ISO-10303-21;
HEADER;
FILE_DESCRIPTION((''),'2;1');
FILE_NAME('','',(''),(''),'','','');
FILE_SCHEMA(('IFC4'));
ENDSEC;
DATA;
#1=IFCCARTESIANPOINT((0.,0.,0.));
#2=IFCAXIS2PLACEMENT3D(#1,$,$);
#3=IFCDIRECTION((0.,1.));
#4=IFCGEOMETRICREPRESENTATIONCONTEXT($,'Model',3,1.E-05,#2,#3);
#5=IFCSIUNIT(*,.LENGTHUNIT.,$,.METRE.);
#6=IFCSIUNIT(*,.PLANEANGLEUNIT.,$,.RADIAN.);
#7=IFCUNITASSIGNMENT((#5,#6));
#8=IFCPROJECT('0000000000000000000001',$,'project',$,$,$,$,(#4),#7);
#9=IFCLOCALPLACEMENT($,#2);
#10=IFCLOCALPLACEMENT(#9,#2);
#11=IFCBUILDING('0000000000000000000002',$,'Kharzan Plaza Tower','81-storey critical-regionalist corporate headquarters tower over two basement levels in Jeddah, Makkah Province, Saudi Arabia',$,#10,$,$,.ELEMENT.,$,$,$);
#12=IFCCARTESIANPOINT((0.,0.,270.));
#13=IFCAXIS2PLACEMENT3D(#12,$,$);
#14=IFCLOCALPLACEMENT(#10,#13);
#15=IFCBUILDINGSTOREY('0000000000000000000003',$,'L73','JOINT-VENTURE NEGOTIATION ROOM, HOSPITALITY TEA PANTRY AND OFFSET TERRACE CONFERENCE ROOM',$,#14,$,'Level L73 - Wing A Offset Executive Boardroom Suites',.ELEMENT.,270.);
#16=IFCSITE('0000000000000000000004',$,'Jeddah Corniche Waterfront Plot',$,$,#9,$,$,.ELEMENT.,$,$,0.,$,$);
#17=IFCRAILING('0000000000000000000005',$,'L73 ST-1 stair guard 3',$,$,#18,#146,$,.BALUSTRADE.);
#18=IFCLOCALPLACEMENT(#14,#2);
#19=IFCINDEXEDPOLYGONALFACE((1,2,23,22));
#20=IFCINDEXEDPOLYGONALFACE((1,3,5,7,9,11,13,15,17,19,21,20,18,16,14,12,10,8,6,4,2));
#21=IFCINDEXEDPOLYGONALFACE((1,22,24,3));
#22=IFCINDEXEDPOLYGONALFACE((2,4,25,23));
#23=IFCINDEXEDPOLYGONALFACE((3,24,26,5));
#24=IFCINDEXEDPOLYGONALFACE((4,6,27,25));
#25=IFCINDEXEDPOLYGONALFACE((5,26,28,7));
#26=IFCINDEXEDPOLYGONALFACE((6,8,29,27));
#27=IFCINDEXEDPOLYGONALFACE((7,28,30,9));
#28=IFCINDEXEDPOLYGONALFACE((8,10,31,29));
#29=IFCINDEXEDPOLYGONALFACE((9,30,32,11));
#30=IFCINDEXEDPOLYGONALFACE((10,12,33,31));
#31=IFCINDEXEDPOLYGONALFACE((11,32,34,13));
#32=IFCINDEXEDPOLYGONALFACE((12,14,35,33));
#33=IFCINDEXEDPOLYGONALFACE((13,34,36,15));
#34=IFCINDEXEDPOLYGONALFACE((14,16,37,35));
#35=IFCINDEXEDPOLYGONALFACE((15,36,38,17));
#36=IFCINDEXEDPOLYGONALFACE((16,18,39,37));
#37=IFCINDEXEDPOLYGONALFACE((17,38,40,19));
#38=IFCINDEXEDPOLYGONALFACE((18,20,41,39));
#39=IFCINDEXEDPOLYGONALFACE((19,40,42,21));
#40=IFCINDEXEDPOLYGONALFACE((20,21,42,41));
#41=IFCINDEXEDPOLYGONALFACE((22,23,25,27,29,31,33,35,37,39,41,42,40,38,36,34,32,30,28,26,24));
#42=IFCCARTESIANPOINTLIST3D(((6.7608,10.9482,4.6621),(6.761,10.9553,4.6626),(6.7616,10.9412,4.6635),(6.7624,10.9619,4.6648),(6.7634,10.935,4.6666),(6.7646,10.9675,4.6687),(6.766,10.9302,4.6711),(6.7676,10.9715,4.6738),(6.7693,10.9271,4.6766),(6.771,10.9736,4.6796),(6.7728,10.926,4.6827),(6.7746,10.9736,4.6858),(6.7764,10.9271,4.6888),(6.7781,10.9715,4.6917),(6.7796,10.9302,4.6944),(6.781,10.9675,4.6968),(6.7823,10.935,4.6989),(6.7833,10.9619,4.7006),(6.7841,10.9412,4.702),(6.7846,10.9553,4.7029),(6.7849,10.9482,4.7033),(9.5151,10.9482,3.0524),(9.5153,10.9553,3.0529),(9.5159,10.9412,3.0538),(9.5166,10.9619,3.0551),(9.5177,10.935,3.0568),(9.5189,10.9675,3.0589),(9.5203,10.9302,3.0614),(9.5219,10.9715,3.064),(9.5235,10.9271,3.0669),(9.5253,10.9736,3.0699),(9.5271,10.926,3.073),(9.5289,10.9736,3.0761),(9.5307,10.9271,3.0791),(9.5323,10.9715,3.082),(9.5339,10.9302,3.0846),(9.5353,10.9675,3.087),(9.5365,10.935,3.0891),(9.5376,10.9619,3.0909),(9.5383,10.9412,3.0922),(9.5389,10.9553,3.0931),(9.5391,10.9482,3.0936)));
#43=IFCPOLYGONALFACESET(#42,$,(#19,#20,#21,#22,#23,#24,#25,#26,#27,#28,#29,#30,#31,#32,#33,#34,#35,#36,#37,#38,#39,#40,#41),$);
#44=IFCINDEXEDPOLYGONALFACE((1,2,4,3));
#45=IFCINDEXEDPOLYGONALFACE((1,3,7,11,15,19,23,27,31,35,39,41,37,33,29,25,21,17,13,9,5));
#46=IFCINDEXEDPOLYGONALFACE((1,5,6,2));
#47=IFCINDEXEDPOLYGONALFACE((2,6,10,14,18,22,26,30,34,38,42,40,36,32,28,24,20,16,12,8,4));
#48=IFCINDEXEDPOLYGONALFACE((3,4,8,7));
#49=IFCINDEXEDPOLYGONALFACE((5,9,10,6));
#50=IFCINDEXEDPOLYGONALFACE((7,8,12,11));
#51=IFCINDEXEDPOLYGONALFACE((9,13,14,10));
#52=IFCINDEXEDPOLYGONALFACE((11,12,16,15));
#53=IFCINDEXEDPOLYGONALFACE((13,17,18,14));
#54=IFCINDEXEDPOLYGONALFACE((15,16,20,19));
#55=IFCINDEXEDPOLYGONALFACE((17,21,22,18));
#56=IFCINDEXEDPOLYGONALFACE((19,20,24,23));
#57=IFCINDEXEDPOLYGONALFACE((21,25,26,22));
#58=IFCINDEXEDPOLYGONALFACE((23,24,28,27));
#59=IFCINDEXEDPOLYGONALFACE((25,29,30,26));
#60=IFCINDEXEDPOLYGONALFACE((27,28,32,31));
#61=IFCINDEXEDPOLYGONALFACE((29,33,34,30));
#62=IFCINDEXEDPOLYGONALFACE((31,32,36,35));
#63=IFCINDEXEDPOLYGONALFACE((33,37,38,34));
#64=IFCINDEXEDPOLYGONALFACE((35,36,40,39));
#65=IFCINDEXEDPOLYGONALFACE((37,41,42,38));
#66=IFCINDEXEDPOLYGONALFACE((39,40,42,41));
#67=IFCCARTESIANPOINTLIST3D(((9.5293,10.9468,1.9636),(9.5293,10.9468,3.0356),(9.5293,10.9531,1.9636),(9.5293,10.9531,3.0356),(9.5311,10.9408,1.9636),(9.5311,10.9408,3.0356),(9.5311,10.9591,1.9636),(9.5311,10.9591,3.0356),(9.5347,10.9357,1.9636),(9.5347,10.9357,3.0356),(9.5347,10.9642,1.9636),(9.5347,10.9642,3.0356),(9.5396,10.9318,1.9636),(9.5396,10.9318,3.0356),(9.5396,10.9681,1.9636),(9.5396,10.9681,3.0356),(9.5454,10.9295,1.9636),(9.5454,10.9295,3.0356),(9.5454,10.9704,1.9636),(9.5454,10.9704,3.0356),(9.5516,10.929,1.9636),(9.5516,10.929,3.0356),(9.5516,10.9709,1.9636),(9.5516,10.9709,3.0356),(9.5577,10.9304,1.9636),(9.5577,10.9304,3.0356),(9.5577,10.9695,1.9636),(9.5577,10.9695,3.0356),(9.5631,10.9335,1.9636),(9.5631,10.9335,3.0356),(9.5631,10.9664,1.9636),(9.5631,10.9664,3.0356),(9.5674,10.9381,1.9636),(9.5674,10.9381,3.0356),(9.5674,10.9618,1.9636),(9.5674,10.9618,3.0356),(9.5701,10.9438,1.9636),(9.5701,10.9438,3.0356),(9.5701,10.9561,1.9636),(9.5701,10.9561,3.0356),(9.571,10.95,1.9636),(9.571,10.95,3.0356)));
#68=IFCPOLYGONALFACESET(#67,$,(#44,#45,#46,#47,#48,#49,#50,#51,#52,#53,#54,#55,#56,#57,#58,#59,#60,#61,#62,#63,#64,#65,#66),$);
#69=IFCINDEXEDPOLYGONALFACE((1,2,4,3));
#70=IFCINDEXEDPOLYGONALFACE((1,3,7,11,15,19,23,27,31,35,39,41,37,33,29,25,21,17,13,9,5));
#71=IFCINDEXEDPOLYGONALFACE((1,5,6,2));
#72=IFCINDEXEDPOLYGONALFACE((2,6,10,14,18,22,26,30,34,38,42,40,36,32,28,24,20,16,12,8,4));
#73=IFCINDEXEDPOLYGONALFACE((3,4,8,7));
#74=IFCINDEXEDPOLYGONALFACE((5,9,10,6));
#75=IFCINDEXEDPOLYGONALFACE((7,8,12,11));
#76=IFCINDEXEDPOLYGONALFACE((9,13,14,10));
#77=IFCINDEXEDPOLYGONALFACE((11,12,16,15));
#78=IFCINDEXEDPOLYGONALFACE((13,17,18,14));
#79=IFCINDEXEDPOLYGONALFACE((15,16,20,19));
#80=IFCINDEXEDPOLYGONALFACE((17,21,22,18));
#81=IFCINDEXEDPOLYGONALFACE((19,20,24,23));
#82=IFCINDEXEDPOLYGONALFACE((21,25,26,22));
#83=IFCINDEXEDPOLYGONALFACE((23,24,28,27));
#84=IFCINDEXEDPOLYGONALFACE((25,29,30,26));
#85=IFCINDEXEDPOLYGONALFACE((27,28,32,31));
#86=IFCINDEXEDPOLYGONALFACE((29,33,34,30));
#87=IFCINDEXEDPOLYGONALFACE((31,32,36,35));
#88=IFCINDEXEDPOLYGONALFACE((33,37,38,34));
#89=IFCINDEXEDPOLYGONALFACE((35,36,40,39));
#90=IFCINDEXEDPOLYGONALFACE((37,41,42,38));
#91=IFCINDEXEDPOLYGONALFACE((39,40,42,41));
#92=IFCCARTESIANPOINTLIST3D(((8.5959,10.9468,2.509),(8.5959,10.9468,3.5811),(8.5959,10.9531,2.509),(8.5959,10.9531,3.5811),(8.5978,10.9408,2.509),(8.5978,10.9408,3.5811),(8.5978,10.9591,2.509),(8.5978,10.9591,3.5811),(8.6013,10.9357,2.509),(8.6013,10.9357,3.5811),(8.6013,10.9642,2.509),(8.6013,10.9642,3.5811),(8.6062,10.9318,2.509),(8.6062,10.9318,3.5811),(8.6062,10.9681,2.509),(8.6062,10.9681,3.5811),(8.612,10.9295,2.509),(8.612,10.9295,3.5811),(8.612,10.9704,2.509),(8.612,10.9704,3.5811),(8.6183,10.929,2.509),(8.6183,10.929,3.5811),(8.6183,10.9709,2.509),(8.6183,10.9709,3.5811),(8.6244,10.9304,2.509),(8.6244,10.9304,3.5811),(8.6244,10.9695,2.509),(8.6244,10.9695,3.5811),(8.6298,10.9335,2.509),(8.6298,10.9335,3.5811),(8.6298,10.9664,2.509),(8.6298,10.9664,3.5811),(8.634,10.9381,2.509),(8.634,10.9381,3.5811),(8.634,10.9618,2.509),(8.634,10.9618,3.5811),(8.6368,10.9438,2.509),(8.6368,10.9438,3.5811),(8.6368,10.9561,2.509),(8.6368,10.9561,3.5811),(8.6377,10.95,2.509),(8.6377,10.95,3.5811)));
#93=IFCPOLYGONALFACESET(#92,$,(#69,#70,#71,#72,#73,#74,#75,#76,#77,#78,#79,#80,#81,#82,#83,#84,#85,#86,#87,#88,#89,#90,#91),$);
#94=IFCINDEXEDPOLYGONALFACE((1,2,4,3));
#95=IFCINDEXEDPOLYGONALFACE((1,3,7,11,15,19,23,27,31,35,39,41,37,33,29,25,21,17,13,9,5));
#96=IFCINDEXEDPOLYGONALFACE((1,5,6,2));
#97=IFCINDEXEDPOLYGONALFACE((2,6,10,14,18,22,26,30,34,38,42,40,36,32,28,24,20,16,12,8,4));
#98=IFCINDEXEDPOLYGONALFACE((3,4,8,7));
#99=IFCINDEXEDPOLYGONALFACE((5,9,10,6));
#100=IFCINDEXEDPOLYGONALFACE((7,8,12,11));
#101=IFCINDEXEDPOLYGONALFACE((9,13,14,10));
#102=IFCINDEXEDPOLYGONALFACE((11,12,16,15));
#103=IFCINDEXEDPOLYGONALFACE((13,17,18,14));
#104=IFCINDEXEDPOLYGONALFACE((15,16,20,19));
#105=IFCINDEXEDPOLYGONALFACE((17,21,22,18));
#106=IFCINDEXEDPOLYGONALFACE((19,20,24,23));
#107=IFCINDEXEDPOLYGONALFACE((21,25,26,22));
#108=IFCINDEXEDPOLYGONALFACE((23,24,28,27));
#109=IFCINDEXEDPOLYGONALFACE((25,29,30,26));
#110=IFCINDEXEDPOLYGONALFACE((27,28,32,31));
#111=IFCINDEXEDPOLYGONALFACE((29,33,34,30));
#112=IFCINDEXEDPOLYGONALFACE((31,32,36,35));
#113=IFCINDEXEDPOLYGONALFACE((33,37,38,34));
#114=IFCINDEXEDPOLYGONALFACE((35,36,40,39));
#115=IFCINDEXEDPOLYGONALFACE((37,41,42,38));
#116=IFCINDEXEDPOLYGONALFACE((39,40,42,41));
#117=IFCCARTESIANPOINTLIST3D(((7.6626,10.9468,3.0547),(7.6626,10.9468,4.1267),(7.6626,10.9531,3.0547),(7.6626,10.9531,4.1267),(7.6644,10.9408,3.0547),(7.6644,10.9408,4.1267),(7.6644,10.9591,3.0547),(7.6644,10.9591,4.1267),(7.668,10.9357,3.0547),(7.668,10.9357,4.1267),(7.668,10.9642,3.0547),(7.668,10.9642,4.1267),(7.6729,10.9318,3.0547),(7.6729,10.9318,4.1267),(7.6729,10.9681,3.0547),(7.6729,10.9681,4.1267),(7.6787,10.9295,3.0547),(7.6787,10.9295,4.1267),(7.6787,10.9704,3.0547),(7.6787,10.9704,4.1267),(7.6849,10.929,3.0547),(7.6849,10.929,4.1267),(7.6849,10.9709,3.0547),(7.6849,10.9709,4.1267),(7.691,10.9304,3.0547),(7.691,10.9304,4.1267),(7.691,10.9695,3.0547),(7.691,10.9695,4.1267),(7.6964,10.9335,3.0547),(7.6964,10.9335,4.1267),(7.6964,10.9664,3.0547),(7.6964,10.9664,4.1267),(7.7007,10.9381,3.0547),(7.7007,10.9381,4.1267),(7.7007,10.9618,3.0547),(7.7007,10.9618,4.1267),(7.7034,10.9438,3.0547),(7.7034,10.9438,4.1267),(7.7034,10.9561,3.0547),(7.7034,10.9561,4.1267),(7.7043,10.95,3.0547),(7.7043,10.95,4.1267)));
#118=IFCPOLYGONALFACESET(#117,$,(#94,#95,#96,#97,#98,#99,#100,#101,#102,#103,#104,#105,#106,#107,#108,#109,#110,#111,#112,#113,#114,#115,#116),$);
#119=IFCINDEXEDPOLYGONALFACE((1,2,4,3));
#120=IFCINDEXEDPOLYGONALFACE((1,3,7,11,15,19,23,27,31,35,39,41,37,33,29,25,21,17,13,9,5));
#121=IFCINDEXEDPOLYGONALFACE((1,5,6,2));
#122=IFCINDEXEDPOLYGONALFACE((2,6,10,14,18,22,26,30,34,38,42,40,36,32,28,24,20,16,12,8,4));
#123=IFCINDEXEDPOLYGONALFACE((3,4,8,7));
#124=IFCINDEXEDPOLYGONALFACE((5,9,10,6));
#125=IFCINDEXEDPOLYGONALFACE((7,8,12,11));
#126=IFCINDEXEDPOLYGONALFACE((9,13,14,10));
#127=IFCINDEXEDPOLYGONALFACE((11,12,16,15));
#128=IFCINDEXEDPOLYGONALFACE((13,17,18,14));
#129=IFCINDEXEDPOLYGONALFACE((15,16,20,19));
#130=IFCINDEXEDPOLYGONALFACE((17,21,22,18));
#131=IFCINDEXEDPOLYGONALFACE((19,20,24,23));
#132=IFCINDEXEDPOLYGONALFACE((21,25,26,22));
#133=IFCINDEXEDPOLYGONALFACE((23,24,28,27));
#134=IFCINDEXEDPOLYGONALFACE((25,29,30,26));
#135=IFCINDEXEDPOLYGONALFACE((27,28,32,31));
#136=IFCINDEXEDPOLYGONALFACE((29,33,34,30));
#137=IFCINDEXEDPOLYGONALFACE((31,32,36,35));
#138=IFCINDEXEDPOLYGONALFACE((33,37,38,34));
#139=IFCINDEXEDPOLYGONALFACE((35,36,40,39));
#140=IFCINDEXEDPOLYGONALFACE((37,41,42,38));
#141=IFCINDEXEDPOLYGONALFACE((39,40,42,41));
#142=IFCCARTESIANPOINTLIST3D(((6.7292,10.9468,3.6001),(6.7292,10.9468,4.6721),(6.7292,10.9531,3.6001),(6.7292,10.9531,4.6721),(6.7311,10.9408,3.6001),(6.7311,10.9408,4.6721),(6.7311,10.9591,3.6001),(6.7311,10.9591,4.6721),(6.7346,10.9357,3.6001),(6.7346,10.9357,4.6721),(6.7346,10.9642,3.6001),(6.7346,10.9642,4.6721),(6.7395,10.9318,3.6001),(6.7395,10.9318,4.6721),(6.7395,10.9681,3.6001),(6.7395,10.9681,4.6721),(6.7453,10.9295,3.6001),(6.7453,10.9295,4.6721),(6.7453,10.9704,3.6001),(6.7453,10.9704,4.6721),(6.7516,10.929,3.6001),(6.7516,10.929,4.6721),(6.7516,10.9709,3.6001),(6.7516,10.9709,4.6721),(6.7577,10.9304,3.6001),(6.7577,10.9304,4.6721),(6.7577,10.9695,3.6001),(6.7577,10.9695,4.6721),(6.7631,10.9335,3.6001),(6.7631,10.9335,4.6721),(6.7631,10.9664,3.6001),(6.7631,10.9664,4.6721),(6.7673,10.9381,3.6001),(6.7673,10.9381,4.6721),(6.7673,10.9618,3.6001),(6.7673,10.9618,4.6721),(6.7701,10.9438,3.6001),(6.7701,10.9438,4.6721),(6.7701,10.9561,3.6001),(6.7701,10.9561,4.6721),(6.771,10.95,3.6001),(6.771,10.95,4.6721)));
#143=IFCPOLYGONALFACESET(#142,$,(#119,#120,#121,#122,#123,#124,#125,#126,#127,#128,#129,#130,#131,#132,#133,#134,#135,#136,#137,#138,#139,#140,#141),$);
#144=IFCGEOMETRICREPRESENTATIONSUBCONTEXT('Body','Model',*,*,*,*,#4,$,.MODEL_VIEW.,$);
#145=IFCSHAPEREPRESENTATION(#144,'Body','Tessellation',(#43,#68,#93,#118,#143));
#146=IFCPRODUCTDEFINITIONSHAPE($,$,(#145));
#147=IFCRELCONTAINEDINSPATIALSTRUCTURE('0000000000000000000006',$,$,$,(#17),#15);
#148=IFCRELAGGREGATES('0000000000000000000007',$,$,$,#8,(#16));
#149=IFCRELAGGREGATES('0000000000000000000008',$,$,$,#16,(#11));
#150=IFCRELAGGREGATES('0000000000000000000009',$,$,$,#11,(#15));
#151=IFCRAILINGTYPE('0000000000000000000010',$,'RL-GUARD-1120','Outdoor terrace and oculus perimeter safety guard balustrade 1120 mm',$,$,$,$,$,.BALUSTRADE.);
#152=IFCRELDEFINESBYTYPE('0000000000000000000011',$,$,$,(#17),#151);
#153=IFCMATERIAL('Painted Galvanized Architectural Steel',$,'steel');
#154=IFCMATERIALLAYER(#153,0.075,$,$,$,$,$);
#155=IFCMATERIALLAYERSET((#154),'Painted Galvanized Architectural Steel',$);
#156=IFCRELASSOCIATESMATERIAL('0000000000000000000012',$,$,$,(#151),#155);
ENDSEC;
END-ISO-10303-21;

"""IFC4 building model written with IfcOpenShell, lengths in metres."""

from ifc_helpers import new_model, si_unit, direction, frame, origin, origin_2d, place, context, subcontext, project, spatial, circle, extrude, source, transform, mapped, material, layer, layer_set, type_object, element, save


model = new_model("IFC4")

# Units and contexts
model_context = context("Model", 3, precision=1e-05, world=origin(), true_north=direction((0.0, 1.0)))
body_context = subcontext(model_context, "Body", "Model", "MODEL_VIEW")
ifc_project = project(units=[si_unit("LENGTHUNIT", "METRE"), si_unit("PLANEANGLEUNIT", "RADIAN")], contexts=[model_context])

# Site, building, storey
site_placement = place(None, origin())
site = spatial("IfcSite", under=ifc_project, at=site_placement, Name="Jeddah Corniche Waterfront Plot", CompositionType="ELEMENT", RefElevation=0.0)
building_placement = place(site_placement, origin())
building = spatial("IfcBuilding", under=site, at=building_placement, Name="Kharzan Plaza Tower", Description="81-storey critical-regionalist corporate headquarters tower over two basement levels in Jeddah, Makkah Province, Saudi Arabia", CompositionType="ELEMENT")
storey_placement = place(building_placement, frame((0.0, 0.0, 270.0)))
storey = spatial("IfcBuildingStorey", under=building, at=storey_placement, Name="L73", Description="JOINT-VENTURE NEGOTIATION ROOM, HOSPITALITY TEA PANTRY AND OFFSET TERRACE CONFERENCE ROOM", LongName="Level L73 - Wing A Offset Executive Boardroom Suites", CompositionType="ELEMENT", Elevation=270.0)

# Railing
ifc_material_1 = material(Name="Painted Galvanized Architectural Steel", Category="steel")
ifc_layer_1 = layer(ifc_material_1, 0.075)
ifc_layer_set_1 = layer_set([ifc_layer_1], Name="Painted Galvanized Architectural Steel")
railing_type_1 = type_object("IfcRailingType", Name="RL-GUARD-1120", Description="Outdoor terrace and oculus perimeter safety guard balustrade 1120 mm", PredefinedType="BALUSTRADE", material=ifc_layer_set_1)
shared_shape_1 = source(origin(), body_context, "Body", "SweptSolid", [
    extrude(circle(Radius=0.0239, at=origin_2d()), frame((-0.0229, 0.0, 1.1094), z_axis=(-0.863361, 0.0, 0.504587), x_axis=(0.0, -1.0, 0.0)), (0.0, 0.0, 1.0), 3.1902),
    extrude(circle(Radius=0.021, at=origin_2d()), origin(), (0.0, 0.0, 1.0), 1.072),
    extrude(circle(Radius=0.021, at=origin_2d()), frame((-0.9333, 0.0, 0.5454)), (0.0, 0.0, 1.0), 1.072),
    extrude(circle(Radius=0.021, at=origin_2d()), frame((-1.8667, 0.0, 1.0911)), (0.0, 0.0, 1.0), 1.072),
    extrude(circle(Radius=0.021, at=origin_2d()), frame((-2.8, 0.0, 1.6365)), (0.0, 0.0, 1.0), 1.072),
])
railing_1_placement = place(storey_placement, frame((9.55, 10.95, 1.9636)))
element("IfcRailing", 1, at=railing_1_placement, inside=storey, type_object=railing_type_1, Name="L73 ST-1 stair guard 3", PredefinedType="BALUSTRADE", context=body_context, shape_type="MappedRepresentation", body=[
    mapped(shared_shape_1, transform((0.0, 0.0, 0.0), x_axis=(1.0, 0.0, 0.0), y_axis=(0.0, 1.0, 0.0), z_axis=(0.0, 0.0, 1.0))),
])

save(model, "model.ifc")
